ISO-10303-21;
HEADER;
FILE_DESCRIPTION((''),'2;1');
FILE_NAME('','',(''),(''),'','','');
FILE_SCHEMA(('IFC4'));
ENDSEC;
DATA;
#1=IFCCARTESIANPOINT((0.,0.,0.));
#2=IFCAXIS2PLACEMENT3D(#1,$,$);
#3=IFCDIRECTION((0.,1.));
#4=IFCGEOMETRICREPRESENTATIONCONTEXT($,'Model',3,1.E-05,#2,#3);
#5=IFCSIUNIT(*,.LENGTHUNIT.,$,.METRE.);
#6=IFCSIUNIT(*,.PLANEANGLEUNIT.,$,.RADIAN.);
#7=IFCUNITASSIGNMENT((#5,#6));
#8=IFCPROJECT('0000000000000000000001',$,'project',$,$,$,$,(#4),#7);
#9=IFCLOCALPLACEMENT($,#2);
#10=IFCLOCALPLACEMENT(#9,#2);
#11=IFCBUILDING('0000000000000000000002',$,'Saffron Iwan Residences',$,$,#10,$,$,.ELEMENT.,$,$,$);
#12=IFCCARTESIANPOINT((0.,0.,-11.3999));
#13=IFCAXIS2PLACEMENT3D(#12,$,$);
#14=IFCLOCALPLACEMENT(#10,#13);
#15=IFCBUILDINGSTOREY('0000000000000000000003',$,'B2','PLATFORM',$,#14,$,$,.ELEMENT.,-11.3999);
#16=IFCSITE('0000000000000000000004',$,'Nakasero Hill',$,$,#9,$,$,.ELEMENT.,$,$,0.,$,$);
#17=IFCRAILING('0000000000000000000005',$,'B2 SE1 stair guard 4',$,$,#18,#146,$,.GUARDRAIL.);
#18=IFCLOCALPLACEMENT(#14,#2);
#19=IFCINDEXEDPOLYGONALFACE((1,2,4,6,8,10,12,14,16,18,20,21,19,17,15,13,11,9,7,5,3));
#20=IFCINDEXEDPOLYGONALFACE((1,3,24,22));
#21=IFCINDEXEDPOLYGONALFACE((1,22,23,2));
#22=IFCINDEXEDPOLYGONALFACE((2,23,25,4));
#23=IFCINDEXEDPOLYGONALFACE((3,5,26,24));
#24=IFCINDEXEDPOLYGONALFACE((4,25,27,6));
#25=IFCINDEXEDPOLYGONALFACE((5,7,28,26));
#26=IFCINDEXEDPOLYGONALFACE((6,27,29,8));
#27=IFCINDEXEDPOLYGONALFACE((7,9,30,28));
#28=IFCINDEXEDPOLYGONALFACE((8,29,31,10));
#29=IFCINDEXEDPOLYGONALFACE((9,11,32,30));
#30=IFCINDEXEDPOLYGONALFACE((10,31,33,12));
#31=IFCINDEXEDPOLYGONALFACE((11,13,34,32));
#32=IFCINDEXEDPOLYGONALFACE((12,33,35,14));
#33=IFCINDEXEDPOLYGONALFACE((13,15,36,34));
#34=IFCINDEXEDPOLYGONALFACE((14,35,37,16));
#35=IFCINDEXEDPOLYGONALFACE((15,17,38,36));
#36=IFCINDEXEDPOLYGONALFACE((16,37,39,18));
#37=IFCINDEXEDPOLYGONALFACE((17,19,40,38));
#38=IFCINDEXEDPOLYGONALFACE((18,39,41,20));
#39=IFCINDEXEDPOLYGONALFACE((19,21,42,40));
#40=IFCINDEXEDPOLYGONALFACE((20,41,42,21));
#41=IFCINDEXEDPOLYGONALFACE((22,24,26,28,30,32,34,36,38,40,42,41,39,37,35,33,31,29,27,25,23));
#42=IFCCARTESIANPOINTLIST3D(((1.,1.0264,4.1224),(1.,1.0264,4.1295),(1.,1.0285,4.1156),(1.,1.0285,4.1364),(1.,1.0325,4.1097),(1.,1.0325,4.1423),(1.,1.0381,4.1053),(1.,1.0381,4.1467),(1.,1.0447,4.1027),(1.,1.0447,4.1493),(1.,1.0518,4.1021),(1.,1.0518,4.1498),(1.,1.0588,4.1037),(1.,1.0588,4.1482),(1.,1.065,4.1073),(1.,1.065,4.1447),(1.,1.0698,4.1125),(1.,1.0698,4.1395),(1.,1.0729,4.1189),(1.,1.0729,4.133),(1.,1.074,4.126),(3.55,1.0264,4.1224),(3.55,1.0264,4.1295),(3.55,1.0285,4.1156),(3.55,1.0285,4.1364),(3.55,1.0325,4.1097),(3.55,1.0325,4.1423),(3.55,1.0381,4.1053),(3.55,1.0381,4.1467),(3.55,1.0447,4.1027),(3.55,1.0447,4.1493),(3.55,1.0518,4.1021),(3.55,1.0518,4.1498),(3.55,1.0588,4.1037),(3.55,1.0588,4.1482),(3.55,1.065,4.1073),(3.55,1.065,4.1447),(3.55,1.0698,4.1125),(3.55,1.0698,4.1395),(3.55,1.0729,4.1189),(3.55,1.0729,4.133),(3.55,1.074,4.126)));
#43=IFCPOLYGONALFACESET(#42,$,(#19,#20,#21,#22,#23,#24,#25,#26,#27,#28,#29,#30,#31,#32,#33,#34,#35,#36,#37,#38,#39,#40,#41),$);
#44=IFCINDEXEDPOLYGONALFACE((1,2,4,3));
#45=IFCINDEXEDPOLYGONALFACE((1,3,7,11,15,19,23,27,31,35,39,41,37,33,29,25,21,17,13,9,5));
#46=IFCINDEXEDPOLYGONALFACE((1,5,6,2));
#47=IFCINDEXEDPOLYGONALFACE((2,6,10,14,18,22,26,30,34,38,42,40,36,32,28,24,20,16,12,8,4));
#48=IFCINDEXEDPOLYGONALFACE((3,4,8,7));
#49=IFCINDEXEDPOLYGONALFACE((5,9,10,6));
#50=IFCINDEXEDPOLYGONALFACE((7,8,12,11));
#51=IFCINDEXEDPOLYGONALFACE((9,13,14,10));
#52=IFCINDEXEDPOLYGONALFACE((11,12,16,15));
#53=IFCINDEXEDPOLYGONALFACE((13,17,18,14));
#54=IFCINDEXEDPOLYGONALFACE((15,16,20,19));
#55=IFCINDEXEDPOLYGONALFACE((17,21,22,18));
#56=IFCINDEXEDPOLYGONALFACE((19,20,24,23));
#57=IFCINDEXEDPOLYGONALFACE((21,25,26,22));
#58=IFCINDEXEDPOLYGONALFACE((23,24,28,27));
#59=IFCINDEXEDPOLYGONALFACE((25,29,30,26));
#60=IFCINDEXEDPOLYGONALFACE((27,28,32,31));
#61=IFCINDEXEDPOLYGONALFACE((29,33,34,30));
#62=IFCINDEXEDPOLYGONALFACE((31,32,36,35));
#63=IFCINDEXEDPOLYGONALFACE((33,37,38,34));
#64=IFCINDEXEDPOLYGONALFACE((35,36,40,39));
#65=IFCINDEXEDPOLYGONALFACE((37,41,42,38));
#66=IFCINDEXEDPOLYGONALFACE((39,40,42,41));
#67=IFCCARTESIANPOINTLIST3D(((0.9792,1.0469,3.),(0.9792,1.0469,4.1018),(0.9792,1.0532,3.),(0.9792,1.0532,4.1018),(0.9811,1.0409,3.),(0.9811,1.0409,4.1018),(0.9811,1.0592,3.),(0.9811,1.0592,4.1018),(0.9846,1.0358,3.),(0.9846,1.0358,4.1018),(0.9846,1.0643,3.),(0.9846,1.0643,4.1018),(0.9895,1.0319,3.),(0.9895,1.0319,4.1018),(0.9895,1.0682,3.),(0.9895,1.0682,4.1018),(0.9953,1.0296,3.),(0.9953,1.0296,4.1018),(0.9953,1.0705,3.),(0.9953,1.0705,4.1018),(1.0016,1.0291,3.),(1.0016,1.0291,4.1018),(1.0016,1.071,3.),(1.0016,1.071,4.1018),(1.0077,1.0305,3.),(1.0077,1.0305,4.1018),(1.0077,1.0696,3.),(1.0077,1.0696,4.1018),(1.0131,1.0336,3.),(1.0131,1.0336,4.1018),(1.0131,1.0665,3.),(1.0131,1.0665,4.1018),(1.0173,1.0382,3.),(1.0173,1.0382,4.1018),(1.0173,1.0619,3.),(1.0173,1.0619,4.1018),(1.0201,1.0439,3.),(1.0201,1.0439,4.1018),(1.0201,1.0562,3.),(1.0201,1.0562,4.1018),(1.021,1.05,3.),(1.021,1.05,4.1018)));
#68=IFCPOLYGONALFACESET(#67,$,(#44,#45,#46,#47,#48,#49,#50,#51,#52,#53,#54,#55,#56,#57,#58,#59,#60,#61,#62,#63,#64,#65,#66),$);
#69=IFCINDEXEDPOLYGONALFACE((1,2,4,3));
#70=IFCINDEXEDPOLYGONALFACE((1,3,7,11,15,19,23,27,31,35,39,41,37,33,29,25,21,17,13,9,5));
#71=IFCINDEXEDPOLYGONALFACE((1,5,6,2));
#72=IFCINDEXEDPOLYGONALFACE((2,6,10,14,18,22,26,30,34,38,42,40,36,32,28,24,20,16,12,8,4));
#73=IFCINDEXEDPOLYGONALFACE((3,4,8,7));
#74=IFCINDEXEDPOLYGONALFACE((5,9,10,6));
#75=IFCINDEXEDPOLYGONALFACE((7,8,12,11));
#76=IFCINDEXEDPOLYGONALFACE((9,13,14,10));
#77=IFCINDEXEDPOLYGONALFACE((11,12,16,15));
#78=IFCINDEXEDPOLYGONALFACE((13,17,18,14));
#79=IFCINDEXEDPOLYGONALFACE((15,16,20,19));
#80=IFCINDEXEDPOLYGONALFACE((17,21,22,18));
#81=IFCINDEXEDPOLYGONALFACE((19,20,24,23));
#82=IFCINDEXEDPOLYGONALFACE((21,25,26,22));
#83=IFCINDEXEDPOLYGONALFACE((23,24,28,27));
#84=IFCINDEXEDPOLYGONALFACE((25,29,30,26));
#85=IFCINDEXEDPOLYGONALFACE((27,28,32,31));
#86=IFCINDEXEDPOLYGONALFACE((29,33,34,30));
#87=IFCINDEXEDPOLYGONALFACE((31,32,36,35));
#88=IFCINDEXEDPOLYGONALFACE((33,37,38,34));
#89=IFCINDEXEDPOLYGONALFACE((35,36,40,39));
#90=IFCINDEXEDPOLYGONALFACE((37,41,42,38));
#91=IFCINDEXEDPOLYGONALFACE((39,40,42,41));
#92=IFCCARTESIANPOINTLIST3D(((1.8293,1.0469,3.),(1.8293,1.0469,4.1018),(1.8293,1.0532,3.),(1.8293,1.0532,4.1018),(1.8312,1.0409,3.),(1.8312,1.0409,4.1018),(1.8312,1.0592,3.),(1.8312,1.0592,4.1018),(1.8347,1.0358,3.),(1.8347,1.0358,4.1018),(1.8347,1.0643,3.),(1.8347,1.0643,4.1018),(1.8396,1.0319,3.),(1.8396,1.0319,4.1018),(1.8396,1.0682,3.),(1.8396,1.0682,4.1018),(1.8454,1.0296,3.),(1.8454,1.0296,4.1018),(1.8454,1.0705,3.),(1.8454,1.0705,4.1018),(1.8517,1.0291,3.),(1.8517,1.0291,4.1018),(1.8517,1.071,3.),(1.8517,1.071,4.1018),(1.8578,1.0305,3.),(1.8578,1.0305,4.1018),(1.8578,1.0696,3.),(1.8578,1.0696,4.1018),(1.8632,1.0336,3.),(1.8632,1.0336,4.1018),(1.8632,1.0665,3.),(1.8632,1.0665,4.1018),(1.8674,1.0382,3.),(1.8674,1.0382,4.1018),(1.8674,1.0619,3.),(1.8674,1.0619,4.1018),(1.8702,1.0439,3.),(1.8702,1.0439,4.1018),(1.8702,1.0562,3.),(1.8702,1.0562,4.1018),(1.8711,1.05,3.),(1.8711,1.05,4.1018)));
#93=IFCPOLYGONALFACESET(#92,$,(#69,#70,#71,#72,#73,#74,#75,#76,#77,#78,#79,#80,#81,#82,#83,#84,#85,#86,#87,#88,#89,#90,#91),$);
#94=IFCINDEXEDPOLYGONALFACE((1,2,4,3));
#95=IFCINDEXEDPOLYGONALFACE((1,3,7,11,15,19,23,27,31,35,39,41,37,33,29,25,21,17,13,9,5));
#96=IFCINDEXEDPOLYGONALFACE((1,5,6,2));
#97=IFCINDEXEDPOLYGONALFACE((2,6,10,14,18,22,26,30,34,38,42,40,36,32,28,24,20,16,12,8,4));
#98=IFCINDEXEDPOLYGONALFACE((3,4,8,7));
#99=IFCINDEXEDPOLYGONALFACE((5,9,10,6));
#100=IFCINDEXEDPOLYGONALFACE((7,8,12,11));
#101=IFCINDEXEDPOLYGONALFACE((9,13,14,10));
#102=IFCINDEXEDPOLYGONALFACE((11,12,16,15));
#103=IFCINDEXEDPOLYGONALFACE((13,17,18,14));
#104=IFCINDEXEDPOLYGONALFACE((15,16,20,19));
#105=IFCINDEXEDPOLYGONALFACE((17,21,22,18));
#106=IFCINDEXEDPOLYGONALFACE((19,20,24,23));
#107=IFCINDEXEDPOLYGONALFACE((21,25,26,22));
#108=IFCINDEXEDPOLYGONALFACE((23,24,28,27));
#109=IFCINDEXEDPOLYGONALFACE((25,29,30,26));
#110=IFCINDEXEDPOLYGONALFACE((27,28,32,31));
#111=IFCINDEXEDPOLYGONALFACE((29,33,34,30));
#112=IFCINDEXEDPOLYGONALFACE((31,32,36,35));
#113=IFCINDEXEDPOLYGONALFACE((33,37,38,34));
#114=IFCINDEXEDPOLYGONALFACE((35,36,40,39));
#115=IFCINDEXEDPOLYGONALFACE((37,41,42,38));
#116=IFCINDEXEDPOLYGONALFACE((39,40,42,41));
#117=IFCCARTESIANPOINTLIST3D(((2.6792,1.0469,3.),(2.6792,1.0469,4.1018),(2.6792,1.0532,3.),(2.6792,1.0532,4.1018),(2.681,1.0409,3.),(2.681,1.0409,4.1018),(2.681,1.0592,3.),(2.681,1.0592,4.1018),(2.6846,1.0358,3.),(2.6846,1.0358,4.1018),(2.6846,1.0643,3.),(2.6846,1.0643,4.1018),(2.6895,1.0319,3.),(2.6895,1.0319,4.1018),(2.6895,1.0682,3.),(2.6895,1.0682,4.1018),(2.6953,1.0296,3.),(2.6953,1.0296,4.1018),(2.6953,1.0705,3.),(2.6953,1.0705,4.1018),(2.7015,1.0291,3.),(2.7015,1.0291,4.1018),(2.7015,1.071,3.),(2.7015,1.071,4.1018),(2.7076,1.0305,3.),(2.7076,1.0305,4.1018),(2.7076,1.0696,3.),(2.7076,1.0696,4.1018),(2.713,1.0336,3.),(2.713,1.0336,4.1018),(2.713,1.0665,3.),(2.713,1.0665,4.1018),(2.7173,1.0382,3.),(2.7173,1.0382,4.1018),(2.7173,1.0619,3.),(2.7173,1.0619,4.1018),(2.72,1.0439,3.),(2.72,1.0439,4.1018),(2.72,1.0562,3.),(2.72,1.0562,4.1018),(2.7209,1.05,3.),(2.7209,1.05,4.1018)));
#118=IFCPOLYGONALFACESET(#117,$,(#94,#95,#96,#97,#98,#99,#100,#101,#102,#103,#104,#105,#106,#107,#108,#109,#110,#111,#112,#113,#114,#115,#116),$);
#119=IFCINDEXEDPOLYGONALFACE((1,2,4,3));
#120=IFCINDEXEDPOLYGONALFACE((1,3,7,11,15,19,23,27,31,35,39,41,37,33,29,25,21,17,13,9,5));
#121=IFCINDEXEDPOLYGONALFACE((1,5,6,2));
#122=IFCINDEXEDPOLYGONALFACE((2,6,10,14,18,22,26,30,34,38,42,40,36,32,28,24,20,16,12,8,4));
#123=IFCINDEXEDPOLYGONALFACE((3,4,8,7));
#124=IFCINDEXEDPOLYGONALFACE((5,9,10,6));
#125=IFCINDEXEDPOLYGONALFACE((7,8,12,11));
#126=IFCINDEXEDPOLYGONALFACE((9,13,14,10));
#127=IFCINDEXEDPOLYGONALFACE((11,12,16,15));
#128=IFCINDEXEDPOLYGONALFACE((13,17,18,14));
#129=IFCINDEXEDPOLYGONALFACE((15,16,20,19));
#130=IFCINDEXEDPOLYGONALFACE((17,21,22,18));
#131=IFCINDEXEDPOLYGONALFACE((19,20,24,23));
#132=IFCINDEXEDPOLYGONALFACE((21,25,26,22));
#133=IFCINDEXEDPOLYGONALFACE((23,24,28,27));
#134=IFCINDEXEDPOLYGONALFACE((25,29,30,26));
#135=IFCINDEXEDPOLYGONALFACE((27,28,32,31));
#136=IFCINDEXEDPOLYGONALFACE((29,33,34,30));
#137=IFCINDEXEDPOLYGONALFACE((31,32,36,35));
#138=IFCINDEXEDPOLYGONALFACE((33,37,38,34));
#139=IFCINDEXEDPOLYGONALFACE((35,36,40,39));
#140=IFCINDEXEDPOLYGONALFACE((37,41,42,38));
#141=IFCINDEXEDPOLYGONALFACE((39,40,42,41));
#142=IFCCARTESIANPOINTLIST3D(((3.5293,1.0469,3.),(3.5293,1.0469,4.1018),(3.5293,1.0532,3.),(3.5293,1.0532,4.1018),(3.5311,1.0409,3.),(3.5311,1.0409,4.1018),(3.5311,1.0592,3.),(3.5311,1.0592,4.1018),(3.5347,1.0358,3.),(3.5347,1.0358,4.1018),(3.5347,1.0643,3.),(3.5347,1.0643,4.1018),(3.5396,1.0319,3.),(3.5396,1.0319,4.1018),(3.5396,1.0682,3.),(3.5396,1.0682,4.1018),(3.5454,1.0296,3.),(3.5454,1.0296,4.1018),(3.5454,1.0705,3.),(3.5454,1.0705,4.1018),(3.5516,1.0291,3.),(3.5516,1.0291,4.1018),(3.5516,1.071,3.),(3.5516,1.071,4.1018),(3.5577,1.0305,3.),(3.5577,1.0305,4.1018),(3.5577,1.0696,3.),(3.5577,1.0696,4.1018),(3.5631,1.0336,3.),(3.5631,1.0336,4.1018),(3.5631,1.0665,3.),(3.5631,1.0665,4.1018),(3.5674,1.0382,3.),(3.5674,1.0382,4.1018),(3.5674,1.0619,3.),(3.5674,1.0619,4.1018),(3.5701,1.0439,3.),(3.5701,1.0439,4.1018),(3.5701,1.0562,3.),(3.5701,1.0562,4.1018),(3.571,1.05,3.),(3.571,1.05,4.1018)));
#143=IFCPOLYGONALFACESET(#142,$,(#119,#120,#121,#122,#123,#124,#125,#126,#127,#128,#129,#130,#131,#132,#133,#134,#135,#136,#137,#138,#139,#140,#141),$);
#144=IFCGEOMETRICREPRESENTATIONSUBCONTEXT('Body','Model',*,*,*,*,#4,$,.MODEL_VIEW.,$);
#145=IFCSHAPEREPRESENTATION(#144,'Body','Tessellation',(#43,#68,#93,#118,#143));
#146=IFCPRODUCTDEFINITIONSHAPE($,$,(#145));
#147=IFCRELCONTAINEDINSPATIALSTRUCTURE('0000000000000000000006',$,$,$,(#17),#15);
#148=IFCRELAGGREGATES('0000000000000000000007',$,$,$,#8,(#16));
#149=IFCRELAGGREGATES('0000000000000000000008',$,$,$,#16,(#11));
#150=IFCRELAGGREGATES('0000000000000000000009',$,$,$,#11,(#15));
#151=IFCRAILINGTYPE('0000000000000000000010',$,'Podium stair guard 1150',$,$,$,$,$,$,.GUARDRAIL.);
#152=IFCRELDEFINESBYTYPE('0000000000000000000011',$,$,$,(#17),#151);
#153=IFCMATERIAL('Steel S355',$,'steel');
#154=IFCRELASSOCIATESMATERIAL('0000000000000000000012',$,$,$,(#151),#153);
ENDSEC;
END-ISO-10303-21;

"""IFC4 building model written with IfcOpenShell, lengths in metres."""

from ifc_helpers import new_model, si_unit, direction, frame, origin, origin_2d, place, context, subcontext, project, spatial, circle, extrude, material, type_object, element, save


model = new_model("IFC4")

# Units and contexts
model_context = context("Model", 3, precision=1e-05, world=origin(), true_north=direction((0.0, 1.0)))
body_context = subcontext(model_context, "Body", "Model", "MODEL_VIEW")
ifc_project = project(units=[si_unit("LENGTHUNIT", "METRE"), si_unit("PLANEANGLEUNIT", "RADIAN")], contexts=[model_context])

# Site, building, storey
site_placement = place(None, origin())
site = spatial("IfcSite", under=ifc_project, at=site_placement, Name="Nakasero Hill", CompositionType="ELEMENT", RefElevation=0.0)
building_placement = place(site_placement, origin())
building = spatial("IfcBuilding", under=site, at=building_placement, Name="Saffron Iwan Residences", CompositionType="ELEMENT")
storey_placement = place(building_placement, frame((0.0, 0.0, -11.3999)))
storey = spatial("IfcBuildingStorey", under=building, at=storey_placement, Name="B2", Description="PLATFORM", CompositionType="ELEMENT", Elevation=-11.3999)

# Railing
ifc_material_1 = material(Name="Steel S355", Category="steel")
railing_type = type_object("IfcRailingType", Name="Podium stair guard 1150", PredefinedType="GUARDRAIL", material=ifc_material_1)
railing_placement = place(storey_placement, frame((1.0, 1.05, 3.0)))
element("IfcRailing", 1, at=railing_placement, inside=storey, type_object=railing_type, Name="B2 SE1 stair guard 4", PredefinedType="GUARDRAIL", context=body_context, shape_type="SweptSolid", body=[
    extrude(circle(Radius=0.0239, at=origin_2d()), frame((0.0, 0.0, 1.126), z_axis=(1.0, 0.0, 0.0), x_axis=(0.0, 1.0, 0.0)), (0.0, 0.0, 1.0), 2.55),
    extrude(circle(Radius=0.021, at=origin_2d()), origin(), (0.0, 0.0, 1.0), 1.1018),
    extrude(circle(Radius=0.021, at=origin_2d()), frame((0.8501, 0.0, 0.0)), (0.0, 0.0, 1.0), 1.1018),
    extrude(circle(Radius=0.021, at=origin_2d()), frame((1.7, 0.0, 0.0)), (0.0, 0.0, 1.0), 1.1018),
    extrude(circle(Radius=0.021, at=origin_2d()), frame((2.55, 0.0, 0.0)), (0.0, 0.0, 1.0), 1.1018),
])

save(model, "model.ifc")
